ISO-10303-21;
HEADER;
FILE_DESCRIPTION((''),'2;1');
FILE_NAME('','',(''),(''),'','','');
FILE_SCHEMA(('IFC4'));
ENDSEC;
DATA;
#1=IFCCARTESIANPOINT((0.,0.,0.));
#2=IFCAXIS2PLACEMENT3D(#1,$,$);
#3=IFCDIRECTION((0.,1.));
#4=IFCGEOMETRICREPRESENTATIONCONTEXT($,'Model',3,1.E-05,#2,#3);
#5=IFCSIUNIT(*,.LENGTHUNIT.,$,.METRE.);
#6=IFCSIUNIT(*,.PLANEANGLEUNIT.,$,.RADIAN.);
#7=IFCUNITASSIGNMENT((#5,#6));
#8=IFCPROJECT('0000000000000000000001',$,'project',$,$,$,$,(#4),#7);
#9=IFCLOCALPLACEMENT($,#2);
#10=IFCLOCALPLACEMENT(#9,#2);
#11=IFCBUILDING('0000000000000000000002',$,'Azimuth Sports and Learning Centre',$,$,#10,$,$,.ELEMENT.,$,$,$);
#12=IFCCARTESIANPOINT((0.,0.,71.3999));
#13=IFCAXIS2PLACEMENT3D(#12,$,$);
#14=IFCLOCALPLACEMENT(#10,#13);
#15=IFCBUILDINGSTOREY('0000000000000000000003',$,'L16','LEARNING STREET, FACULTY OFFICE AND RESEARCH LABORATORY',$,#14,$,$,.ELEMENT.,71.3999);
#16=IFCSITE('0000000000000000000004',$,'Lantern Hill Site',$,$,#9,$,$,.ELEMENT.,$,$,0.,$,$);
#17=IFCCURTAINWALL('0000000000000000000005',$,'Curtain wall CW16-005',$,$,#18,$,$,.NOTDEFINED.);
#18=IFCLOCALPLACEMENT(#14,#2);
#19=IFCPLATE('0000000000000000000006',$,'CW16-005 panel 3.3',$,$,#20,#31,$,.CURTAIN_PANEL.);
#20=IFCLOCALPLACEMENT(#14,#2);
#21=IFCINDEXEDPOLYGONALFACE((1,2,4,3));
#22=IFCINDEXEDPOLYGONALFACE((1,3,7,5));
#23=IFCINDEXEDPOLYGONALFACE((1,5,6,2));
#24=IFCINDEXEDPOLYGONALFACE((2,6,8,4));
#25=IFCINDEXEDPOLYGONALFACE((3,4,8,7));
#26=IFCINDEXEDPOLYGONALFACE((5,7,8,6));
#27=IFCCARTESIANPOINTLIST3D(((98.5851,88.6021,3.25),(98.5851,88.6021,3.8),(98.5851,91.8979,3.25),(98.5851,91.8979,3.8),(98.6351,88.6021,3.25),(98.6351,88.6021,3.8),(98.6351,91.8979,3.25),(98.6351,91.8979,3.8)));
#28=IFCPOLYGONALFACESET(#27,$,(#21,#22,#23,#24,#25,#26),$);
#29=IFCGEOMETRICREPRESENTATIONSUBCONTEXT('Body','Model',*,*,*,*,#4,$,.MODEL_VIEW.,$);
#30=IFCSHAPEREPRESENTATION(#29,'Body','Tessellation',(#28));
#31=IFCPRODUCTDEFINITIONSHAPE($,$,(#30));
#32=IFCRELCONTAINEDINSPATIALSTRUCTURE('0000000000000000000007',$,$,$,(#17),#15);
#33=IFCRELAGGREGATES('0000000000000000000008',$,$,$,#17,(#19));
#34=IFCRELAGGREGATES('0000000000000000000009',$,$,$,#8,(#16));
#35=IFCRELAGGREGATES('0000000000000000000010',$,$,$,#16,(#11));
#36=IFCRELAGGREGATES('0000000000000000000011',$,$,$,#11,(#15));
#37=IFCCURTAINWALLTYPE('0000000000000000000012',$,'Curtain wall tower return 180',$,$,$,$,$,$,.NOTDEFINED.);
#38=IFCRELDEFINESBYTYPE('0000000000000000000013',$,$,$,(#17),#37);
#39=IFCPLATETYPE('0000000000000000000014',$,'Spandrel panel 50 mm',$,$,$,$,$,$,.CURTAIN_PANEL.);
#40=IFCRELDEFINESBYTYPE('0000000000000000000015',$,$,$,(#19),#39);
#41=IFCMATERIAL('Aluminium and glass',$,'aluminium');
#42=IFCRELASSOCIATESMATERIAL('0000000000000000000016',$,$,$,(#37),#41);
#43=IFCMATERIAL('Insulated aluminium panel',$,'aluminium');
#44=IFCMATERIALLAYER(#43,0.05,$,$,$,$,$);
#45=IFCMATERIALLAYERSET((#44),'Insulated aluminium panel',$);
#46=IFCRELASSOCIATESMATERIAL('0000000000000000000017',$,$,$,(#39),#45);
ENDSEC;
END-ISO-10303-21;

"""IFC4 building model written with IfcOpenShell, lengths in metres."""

from ifc_helpers import new_model, si_unit, direction, frame, origin, origin_2d, place, context, subcontext, project, spatial, rectangle, extrude, material, layer, layer_set, type_object, element, aggregate, save


model = new_model("IFC4")

# Units and contexts
model_context = context("Model", 3, precision=1e-05, world=origin(), true_north=direction((0.0, 1.0)))
body_context = subcontext(model_context, "Body", "Model", "MODEL_VIEW")
ifc_project = project(units=[si_unit("LENGTHUNIT", "METRE"), si_unit("PLANEANGLEUNIT", "RADIAN")], contexts=[model_context])

# Site, building, storey
site_placement = place(None, origin())
site = spatial("IfcSite", under=ifc_project, at=site_placement, Name="Lantern Hill Site", CompositionType="ELEMENT", RefElevation=0.0)
building_placement = place(site_placement, origin())
building = spatial("IfcBuilding", under=site, at=building_placement, Name="Azimuth Sports and Learning Centre", CompositionType="ELEMENT")
storey_placement = place(building_placement, frame((0.0, 0.0, 71.3999)))
storey = spatial("IfcBuildingStorey", under=building, at=storey_placement, Name="L16", Description="LEARNING STREET, FACULTY OFFICE AND RESEARCH LABORATORY", CompositionType="ELEMENT", Elevation=71.3999)

# Curtain wall
ifc_material_1 = material(Name="Aluminium and glass", Category="aluminium")
curtain_wall_type_1 = type_object("IfcCurtainWallType", Name="Curtain wall tower return 180", PredefinedType="NOTDEFINED", material=ifc_material_1)
curtain_wall_1_placement = place(storey_placement, origin())
curtain_wall_1 = element("IfcCurtainWall", 1, at=curtain_wall_1_placement, inside=storey, type_object=curtain_wall_type_1, Name="Curtain wall CW16-005", PredefinedType="NOTDEFINED")

# Plate
ifc_material_2 = material(Name="Insulated aluminium panel", Category="aluminium")
ifc_layer = layer(ifc_material_2, 0.05)
ifc_layer_set = layer_set([ifc_layer], Name="Insulated aluminium panel")
plate_type = type_object("IfcPlateType", Name="Spandrel panel 50 mm", PredefinedType="CURTAIN_PANEL", material=ifc_layer_set)
plate_1_placement = place(storey_placement, frame((98.6101, 90.25, 3.25), z_axis=(0.0, 0.0, 1.0), x_axis=(0.0, -1.0, 0.0)))
plate_1 = element("IfcPlate", 2, at=plate_1_placement, type_object=plate_type, Name="CW16-005 panel 3.3", PredefinedType="CURTAIN_PANEL", context=body_context, shape_type="SweptSolid", body=[
    extrude(rectangle(XDim=3.2959, YDim=0.05, at=origin_2d()), origin(), (0.0, 0.0, 1.0), 0.55),
])
aggregate(curtain_wall_1, [plate_1])

save(model, "model.ifc")
